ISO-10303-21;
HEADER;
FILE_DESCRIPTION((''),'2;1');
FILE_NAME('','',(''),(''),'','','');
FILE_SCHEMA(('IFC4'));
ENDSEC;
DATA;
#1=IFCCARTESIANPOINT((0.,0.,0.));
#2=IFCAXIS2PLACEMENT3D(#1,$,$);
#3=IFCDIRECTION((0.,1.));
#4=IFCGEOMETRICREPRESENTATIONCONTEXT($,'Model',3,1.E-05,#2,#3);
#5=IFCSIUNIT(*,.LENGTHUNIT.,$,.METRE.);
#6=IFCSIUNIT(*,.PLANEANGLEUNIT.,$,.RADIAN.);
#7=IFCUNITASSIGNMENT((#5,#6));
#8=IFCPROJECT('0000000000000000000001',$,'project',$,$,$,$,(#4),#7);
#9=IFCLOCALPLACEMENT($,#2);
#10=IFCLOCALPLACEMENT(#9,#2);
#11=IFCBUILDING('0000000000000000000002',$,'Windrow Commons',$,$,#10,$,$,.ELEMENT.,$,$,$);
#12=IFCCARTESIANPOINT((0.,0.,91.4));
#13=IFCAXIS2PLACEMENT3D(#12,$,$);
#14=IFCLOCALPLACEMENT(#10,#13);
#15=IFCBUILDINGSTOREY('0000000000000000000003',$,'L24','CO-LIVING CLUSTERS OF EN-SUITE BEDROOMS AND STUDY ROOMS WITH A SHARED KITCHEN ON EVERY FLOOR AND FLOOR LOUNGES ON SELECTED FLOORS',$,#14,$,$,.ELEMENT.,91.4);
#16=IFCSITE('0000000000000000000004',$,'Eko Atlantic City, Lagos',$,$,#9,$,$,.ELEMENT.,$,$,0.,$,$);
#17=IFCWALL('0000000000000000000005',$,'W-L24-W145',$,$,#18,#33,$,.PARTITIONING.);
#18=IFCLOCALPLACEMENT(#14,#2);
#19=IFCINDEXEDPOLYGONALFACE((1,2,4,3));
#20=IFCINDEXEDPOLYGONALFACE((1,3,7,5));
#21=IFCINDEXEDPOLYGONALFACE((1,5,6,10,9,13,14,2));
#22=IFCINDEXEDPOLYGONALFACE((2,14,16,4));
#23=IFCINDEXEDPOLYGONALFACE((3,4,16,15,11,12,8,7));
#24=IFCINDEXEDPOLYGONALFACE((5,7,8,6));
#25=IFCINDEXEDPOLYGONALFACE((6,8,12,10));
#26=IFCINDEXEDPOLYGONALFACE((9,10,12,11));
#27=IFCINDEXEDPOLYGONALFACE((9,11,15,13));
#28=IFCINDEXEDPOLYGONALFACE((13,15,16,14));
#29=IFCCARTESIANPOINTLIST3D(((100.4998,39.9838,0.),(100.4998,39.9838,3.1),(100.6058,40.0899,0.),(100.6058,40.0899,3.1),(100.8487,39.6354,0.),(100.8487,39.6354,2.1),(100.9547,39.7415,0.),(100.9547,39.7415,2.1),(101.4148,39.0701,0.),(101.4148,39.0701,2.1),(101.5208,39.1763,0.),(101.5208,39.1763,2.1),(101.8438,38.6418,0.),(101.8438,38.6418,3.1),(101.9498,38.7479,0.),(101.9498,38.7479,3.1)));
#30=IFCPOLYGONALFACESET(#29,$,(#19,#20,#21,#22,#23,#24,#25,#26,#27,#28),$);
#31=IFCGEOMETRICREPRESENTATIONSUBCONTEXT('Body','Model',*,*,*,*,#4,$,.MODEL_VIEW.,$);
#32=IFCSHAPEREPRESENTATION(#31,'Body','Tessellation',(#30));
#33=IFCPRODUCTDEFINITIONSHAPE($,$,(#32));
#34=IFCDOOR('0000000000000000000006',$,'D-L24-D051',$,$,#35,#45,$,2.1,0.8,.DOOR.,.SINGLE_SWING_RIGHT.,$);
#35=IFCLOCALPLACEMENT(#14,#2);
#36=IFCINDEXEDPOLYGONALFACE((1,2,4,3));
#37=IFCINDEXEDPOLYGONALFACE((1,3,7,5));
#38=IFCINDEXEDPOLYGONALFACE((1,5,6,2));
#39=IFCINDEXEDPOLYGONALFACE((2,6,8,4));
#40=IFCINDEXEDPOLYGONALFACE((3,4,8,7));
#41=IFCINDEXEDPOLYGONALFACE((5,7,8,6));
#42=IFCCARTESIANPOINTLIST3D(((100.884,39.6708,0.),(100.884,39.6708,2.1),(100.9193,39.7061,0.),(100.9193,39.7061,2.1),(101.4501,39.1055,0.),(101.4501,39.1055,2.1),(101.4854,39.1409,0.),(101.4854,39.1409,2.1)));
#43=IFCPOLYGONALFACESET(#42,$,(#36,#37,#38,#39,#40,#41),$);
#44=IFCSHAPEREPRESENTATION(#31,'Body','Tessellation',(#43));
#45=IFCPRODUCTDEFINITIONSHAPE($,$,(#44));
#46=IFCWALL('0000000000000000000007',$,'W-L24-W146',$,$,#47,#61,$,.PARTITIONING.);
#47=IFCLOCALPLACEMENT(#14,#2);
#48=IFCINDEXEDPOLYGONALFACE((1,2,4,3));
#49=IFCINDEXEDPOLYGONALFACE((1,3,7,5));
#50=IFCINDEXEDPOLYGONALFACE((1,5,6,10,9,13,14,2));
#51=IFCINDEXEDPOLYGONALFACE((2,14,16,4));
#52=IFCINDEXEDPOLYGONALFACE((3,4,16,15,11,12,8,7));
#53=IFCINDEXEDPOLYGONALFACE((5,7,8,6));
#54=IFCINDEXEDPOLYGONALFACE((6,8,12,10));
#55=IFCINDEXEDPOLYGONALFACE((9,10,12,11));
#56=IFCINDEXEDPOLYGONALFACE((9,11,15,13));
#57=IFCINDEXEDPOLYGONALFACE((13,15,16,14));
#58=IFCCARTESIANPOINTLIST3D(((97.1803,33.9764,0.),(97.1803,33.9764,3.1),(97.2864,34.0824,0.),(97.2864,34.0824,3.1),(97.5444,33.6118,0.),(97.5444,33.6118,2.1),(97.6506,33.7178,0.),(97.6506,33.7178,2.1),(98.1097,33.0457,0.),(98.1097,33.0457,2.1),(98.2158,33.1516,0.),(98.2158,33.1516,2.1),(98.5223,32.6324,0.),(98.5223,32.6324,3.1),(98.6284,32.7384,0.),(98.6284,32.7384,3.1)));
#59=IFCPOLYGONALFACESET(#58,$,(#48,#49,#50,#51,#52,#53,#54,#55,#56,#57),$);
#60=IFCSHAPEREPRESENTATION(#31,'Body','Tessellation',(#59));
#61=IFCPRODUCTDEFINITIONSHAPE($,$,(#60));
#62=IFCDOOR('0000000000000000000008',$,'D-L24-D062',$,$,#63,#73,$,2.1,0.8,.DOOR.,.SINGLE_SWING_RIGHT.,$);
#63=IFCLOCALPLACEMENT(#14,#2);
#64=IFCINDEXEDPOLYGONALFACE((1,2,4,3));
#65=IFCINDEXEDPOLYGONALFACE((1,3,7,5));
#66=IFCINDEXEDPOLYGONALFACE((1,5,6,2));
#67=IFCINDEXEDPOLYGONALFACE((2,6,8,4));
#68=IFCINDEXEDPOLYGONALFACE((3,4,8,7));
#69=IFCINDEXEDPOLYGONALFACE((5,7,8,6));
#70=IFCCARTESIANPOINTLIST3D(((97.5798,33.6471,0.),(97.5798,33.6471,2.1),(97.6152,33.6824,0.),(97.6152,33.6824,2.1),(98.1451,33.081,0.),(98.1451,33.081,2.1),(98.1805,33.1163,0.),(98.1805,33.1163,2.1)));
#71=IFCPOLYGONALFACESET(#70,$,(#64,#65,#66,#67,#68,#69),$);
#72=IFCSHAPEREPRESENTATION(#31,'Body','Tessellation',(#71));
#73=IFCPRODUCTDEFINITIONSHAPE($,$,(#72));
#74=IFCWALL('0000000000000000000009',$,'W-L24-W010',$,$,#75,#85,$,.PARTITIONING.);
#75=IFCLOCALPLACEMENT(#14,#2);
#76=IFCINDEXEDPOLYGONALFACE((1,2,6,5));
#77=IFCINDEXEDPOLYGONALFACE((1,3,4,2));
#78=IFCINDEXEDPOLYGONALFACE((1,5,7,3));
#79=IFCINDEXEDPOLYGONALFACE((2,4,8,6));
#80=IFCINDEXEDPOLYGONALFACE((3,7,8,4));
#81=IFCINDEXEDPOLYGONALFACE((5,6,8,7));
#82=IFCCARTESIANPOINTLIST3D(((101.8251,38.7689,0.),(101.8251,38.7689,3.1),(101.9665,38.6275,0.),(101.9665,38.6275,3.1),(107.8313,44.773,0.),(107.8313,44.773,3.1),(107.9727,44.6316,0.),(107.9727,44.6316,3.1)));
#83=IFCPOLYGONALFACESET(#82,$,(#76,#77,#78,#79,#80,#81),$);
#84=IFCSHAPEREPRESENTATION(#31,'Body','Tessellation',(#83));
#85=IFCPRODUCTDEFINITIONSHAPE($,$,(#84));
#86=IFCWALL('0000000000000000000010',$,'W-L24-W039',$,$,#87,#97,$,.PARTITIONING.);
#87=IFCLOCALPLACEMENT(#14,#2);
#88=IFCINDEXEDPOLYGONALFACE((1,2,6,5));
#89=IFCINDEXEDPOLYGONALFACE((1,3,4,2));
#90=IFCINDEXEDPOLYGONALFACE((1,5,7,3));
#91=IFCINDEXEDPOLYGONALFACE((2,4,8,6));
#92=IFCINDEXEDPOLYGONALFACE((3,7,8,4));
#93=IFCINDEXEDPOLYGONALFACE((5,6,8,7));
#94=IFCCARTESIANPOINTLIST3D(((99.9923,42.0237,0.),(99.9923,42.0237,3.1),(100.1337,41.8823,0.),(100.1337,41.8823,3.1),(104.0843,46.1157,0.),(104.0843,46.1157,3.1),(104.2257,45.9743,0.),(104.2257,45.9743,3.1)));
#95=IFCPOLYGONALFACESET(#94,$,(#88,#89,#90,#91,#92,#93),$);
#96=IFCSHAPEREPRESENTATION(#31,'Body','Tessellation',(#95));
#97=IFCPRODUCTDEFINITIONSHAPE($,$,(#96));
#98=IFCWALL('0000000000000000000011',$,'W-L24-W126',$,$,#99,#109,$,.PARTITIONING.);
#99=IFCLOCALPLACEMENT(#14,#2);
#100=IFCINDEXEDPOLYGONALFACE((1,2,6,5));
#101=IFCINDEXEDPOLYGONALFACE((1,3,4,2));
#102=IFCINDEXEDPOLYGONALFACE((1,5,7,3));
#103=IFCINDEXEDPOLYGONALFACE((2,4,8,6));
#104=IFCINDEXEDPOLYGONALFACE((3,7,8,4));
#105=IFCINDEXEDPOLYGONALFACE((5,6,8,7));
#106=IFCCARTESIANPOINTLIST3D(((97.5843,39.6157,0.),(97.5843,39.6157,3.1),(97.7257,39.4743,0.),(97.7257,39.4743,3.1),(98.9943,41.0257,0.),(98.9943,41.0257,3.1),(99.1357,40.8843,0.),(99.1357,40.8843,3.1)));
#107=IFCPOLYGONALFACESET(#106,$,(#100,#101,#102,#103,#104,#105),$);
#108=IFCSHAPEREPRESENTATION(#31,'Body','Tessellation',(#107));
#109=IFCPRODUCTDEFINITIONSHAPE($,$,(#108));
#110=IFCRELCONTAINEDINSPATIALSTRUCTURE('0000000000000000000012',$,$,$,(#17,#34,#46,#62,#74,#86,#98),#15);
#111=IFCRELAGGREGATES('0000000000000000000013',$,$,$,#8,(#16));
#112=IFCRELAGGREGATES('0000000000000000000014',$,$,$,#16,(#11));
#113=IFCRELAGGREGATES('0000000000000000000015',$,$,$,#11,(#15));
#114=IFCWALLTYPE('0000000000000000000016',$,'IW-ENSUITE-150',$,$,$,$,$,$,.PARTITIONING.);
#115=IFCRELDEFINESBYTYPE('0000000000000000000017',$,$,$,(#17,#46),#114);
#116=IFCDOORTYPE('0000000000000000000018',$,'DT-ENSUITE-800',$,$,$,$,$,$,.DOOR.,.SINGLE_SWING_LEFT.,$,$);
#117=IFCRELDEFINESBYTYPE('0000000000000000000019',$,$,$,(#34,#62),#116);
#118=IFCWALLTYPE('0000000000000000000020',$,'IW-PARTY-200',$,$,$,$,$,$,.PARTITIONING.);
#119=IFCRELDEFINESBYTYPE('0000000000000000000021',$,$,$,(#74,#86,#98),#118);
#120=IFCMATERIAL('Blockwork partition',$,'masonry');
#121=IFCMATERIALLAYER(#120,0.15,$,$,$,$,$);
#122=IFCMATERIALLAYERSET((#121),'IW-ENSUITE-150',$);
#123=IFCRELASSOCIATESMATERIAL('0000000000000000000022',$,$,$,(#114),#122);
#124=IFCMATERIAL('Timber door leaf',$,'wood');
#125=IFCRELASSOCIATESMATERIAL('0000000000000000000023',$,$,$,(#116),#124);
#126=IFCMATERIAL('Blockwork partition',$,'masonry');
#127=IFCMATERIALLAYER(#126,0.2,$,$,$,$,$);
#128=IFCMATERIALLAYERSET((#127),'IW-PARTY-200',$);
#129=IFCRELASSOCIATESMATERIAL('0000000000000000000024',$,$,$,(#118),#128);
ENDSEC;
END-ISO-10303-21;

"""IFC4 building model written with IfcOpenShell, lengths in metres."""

from ifc_helpers import new_model, si_unit, direction, frame, frame_2d, origin, place, context, subcontext, project, spatial, rectangle, extrude, material, layer, layer_set, type_object, element, fill, save


model = new_model("IFC4")

# Units and contexts
model_context = context("Model", 3, precision=1e-05, world=origin(), true_north=direction((0.0, 1.0)))
body_context = subcontext(model_context, "Body", "Model", "MODEL_VIEW")
ifc_project = project(units=[si_unit("LENGTHUNIT", "METRE"), si_unit("PLANEANGLEUNIT", "RADIAN")], contexts=[model_context])

# Site, building, storey
site_placement = place(None, origin())
site = spatial("IfcSite", under=ifc_project, at=site_placement, Name="Eko Atlantic City, Lagos", CompositionType="ELEMENT", RefElevation=0.0)
building_placement = place(site_placement, origin())
building = spatial("IfcBuilding", under=site, at=building_placement, Name="Windrow Commons", CompositionType="ELEMENT")
storey_placement = place(building_placement, frame((0.0, 0.0, 91.4)))
storey = spatial("IfcBuildingStorey", under=building, at=storey_placement, Name="L24", Description="CO-LIVING CLUSTERS OF EN-SUITE BEDROOMS AND STUDY ROOMS WITH A SHARED KITCHEN ON EVERY FLOOR AND FLOOR LOUNGES ON SELECTED FLOORS", CompositionType="ELEMENT", Elevation=91.4)

# Shared definitions
ifc_material_1 = material(Name="Blockwork partition", Category="masonry")
ifc_layer_1 = layer(ifc_material_1, 0.15)
ifc_layer_set_1 = layer_set([ifc_layer_1], Name="IW-ENSUITE-150")
wall_type_1 = type_object("IfcWallType", Name="IW-ENSUITE-150", PredefinedType="PARTITIONING", material=ifc_layer_set_1)

# Walls, openings, doors
ifc_material_2 = material(Name="Timber door leaf", Category="wood")
door_type_1 = type_object("IfcDoorType", Name="DT-ENSUITE-800", OperationType="SINGLE_SWING_LEFT", PredefinedType="DOOR", material=ifc_material_2)
wall_1_placement = place(storey_placement, frame((100.5528, 40.0368, 0.0), z_axis=(0.0, 0.0, 1.0), x_axis=(0.707633, -0.70658, 0.0)))
wall_1 = element("IfcWall", 1, at=wall_1_placement, inside=storey, type_object=wall_type_1, Name="W-L24-W145", PredefinedType="PARTITIONING", context=body_context, shape_type="SweptSolid", body=[
    extrude(rectangle(XDim=1.8993, YDim=0.15, at=frame_2d((0.9496, 0.0))), origin(), (0.0, 0.0, 1.0), 3.1),
])
opening_1_placement = place(wall_1_placement, frame((0.493, 0.0, 0.0)))
opening_1 = element("IfcOpeningElement", 2, at=opening_1_placement, cuts=wall_1, PredefinedType="OPENING", context=body_context, shape_type="SweptSolid", body=[
    extrude(rectangle(XDim=0.8, YDim=2.1, at=frame_2d((0.4, 1.05))), frame((0.0, 0.085, 0.0), z_axis=(0.0, -1.0, 0.0), x_axis=(1.0, 0.0, 0.0)), (0.0, 0.0, 1.0), 0.17),
])
door_1_placement = place(opening_1_placement, origin())
door_1 = element("IfcDoor", 3, at=door_1_placement, inside=storey, type_object=door_type_1, Name="D-L24-D051", OperationType="SINGLE_SWING_RIGHT", OverallHeight=2.1, OverallWidth=0.8, PredefinedType="DOOR", context=body_context, shape_type="SweptSolid", body=[
    extrude(rectangle(XDim=0.8, YDim=2.1, at=frame_2d((0.4, 1.05))), frame((0.0, 0.025, 0.0), z_axis=(0.0, -1.0, 0.0), x_axis=(1.0, 0.0, 0.0)), (0.0, 0.0, 1.0), 0.05),
])
fill(opening_1, door_1)
wall_2_placement = place(storey_placement, frame((97.2334, 34.0294, 0.0), z_axis=(0.0, 0.0, 1.0), x_axis=(0.70658, -0.707633, 0.0)))
wall_2 = element("IfcWall", 4, at=wall_2_placement, inside=storey, type_object=wall_type_1, Name="W-L24-W146", PredefinedType="PARTITIONING", context=body_context, shape_type="SweptSolid", body=[
    extrude(rectangle(XDim=1.8993, YDim=0.15, at=frame_2d((0.9496, 0.0))), origin(), (0.0, 0.0, 1.0), 3.1),
])
opening_2_placement = place(wall_2_placement, frame((0.5153, 0.0, 0.0)))
opening_2 = element("IfcOpeningElement", 5, at=opening_2_placement, cuts=wall_2, PredefinedType="OPENING", context=body_context, shape_type="SweptSolid", body=[
    extrude(rectangle(XDim=0.8, YDim=2.1, at=frame_2d((0.4, 1.05))), frame((0.0, 0.085, 0.0), z_axis=(0.0, -1.0, 0.0), x_axis=(1.0, 0.0, 0.0)), (0.0, 0.0, 1.0), 0.17),
])
door_2_placement = place(opening_2_placement, origin())
door_2 = element("IfcDoor", 6, at=door_2_placement, inside=storey, type_object=door_type_1, Name="D-L24-D062", OperationType="SINGLE_SWING_RIGHT", OverallHeight=2.1, OverallWidth=0.8, PredefinedType="DOOR", context=body_context, shape_type="SweptSolid", body=[
    extrude(rectangle(XDim=0.8, YDim=2.1, at=frame_2d((0.4, 1.05))), frame((0.0, 0.025, 0.0), z_axis=(0.0, -1.0, 0.0), x_axis=(1.0, 0.0, 0.0)), (0.0, 0.0, 1.0), 0.05),
])
fill(opening_2, door_2)

# Walls
ifc_material_3 = material(Name="Blockwork partition", Category="masonry")
ifc_layer_2 = layer(ifc_material_3, 0.2)
ifc_layer_set_2 = layer_set([ifc_layer_2], Name="IW-PARTY-200")
wall_type_2 = type_object("IfcWallType", Name="IW-PARTY-200", PredefinedType="PARTITIONING", material=ifc_layer_set_2)
wall_3_placement = place(storey_placement, frame((101.8958, 38.6982, 0.0), z_axis=(0.0, 0.0, 1.0), x_axis=(0.70723, 0.706983, 0.0)))
element("IfcWall", 7, at=wall_3_placement, inside=storey, type_object=wall_type_2, Name="W-L24-W010", PredefinedType="PARTITIONING", context=body_context, shape_type="SweptSolid", body=[
    extrude(rectangle(XDim=8.4926, YDim=0.2, at=frame_2d((4.2463, 0.0))), origin(), (0.0, 0.0, 1.0), 3.1),
])
wall_4_placement = place(storey_placement, frame((100.063, 41.953, 0.0), z_axis=(0.0, 0.0, 1.0), x_axis=(0.707107, 0.707107, 0.0)))
element("IfcWall", 8, at=wall_4_placement, inside=storey, type_object=wall_type_2, Name="W-L24-W039", PredefinedType="PARTITIONING", context=body_context, shape_type="SweptSolid", body=[
    extrude(rectangle(XDim=5.787, YDim=0.2, at=frame_2d((2.8935, 0.0))), origin(), (0.0, 0.0, 1.0), 3.1),
])
wall_5_placement = place(storey_placement, frame((97.655, 39.545, 0.0), z_axis=(0.0, 0.0, 1.0), x_axis=(0.707107, 0.707107, 0.0)))
element("IfcWall", 9, at=wall_5_placement, inside=storey, type_object=wall_type_2, Name="W-L24-W126", PredefinedType="PARTITIONING", context=body_context, shape_type="SweptSolid", body=[
    extrude(rectangle(XDim=1.994, YDim=0.2, at=frame_2d((0.997, 0.0))), origin(), (0.0, 0.0, 1.0), 3.1),
])

save(model, "model.ifc")
